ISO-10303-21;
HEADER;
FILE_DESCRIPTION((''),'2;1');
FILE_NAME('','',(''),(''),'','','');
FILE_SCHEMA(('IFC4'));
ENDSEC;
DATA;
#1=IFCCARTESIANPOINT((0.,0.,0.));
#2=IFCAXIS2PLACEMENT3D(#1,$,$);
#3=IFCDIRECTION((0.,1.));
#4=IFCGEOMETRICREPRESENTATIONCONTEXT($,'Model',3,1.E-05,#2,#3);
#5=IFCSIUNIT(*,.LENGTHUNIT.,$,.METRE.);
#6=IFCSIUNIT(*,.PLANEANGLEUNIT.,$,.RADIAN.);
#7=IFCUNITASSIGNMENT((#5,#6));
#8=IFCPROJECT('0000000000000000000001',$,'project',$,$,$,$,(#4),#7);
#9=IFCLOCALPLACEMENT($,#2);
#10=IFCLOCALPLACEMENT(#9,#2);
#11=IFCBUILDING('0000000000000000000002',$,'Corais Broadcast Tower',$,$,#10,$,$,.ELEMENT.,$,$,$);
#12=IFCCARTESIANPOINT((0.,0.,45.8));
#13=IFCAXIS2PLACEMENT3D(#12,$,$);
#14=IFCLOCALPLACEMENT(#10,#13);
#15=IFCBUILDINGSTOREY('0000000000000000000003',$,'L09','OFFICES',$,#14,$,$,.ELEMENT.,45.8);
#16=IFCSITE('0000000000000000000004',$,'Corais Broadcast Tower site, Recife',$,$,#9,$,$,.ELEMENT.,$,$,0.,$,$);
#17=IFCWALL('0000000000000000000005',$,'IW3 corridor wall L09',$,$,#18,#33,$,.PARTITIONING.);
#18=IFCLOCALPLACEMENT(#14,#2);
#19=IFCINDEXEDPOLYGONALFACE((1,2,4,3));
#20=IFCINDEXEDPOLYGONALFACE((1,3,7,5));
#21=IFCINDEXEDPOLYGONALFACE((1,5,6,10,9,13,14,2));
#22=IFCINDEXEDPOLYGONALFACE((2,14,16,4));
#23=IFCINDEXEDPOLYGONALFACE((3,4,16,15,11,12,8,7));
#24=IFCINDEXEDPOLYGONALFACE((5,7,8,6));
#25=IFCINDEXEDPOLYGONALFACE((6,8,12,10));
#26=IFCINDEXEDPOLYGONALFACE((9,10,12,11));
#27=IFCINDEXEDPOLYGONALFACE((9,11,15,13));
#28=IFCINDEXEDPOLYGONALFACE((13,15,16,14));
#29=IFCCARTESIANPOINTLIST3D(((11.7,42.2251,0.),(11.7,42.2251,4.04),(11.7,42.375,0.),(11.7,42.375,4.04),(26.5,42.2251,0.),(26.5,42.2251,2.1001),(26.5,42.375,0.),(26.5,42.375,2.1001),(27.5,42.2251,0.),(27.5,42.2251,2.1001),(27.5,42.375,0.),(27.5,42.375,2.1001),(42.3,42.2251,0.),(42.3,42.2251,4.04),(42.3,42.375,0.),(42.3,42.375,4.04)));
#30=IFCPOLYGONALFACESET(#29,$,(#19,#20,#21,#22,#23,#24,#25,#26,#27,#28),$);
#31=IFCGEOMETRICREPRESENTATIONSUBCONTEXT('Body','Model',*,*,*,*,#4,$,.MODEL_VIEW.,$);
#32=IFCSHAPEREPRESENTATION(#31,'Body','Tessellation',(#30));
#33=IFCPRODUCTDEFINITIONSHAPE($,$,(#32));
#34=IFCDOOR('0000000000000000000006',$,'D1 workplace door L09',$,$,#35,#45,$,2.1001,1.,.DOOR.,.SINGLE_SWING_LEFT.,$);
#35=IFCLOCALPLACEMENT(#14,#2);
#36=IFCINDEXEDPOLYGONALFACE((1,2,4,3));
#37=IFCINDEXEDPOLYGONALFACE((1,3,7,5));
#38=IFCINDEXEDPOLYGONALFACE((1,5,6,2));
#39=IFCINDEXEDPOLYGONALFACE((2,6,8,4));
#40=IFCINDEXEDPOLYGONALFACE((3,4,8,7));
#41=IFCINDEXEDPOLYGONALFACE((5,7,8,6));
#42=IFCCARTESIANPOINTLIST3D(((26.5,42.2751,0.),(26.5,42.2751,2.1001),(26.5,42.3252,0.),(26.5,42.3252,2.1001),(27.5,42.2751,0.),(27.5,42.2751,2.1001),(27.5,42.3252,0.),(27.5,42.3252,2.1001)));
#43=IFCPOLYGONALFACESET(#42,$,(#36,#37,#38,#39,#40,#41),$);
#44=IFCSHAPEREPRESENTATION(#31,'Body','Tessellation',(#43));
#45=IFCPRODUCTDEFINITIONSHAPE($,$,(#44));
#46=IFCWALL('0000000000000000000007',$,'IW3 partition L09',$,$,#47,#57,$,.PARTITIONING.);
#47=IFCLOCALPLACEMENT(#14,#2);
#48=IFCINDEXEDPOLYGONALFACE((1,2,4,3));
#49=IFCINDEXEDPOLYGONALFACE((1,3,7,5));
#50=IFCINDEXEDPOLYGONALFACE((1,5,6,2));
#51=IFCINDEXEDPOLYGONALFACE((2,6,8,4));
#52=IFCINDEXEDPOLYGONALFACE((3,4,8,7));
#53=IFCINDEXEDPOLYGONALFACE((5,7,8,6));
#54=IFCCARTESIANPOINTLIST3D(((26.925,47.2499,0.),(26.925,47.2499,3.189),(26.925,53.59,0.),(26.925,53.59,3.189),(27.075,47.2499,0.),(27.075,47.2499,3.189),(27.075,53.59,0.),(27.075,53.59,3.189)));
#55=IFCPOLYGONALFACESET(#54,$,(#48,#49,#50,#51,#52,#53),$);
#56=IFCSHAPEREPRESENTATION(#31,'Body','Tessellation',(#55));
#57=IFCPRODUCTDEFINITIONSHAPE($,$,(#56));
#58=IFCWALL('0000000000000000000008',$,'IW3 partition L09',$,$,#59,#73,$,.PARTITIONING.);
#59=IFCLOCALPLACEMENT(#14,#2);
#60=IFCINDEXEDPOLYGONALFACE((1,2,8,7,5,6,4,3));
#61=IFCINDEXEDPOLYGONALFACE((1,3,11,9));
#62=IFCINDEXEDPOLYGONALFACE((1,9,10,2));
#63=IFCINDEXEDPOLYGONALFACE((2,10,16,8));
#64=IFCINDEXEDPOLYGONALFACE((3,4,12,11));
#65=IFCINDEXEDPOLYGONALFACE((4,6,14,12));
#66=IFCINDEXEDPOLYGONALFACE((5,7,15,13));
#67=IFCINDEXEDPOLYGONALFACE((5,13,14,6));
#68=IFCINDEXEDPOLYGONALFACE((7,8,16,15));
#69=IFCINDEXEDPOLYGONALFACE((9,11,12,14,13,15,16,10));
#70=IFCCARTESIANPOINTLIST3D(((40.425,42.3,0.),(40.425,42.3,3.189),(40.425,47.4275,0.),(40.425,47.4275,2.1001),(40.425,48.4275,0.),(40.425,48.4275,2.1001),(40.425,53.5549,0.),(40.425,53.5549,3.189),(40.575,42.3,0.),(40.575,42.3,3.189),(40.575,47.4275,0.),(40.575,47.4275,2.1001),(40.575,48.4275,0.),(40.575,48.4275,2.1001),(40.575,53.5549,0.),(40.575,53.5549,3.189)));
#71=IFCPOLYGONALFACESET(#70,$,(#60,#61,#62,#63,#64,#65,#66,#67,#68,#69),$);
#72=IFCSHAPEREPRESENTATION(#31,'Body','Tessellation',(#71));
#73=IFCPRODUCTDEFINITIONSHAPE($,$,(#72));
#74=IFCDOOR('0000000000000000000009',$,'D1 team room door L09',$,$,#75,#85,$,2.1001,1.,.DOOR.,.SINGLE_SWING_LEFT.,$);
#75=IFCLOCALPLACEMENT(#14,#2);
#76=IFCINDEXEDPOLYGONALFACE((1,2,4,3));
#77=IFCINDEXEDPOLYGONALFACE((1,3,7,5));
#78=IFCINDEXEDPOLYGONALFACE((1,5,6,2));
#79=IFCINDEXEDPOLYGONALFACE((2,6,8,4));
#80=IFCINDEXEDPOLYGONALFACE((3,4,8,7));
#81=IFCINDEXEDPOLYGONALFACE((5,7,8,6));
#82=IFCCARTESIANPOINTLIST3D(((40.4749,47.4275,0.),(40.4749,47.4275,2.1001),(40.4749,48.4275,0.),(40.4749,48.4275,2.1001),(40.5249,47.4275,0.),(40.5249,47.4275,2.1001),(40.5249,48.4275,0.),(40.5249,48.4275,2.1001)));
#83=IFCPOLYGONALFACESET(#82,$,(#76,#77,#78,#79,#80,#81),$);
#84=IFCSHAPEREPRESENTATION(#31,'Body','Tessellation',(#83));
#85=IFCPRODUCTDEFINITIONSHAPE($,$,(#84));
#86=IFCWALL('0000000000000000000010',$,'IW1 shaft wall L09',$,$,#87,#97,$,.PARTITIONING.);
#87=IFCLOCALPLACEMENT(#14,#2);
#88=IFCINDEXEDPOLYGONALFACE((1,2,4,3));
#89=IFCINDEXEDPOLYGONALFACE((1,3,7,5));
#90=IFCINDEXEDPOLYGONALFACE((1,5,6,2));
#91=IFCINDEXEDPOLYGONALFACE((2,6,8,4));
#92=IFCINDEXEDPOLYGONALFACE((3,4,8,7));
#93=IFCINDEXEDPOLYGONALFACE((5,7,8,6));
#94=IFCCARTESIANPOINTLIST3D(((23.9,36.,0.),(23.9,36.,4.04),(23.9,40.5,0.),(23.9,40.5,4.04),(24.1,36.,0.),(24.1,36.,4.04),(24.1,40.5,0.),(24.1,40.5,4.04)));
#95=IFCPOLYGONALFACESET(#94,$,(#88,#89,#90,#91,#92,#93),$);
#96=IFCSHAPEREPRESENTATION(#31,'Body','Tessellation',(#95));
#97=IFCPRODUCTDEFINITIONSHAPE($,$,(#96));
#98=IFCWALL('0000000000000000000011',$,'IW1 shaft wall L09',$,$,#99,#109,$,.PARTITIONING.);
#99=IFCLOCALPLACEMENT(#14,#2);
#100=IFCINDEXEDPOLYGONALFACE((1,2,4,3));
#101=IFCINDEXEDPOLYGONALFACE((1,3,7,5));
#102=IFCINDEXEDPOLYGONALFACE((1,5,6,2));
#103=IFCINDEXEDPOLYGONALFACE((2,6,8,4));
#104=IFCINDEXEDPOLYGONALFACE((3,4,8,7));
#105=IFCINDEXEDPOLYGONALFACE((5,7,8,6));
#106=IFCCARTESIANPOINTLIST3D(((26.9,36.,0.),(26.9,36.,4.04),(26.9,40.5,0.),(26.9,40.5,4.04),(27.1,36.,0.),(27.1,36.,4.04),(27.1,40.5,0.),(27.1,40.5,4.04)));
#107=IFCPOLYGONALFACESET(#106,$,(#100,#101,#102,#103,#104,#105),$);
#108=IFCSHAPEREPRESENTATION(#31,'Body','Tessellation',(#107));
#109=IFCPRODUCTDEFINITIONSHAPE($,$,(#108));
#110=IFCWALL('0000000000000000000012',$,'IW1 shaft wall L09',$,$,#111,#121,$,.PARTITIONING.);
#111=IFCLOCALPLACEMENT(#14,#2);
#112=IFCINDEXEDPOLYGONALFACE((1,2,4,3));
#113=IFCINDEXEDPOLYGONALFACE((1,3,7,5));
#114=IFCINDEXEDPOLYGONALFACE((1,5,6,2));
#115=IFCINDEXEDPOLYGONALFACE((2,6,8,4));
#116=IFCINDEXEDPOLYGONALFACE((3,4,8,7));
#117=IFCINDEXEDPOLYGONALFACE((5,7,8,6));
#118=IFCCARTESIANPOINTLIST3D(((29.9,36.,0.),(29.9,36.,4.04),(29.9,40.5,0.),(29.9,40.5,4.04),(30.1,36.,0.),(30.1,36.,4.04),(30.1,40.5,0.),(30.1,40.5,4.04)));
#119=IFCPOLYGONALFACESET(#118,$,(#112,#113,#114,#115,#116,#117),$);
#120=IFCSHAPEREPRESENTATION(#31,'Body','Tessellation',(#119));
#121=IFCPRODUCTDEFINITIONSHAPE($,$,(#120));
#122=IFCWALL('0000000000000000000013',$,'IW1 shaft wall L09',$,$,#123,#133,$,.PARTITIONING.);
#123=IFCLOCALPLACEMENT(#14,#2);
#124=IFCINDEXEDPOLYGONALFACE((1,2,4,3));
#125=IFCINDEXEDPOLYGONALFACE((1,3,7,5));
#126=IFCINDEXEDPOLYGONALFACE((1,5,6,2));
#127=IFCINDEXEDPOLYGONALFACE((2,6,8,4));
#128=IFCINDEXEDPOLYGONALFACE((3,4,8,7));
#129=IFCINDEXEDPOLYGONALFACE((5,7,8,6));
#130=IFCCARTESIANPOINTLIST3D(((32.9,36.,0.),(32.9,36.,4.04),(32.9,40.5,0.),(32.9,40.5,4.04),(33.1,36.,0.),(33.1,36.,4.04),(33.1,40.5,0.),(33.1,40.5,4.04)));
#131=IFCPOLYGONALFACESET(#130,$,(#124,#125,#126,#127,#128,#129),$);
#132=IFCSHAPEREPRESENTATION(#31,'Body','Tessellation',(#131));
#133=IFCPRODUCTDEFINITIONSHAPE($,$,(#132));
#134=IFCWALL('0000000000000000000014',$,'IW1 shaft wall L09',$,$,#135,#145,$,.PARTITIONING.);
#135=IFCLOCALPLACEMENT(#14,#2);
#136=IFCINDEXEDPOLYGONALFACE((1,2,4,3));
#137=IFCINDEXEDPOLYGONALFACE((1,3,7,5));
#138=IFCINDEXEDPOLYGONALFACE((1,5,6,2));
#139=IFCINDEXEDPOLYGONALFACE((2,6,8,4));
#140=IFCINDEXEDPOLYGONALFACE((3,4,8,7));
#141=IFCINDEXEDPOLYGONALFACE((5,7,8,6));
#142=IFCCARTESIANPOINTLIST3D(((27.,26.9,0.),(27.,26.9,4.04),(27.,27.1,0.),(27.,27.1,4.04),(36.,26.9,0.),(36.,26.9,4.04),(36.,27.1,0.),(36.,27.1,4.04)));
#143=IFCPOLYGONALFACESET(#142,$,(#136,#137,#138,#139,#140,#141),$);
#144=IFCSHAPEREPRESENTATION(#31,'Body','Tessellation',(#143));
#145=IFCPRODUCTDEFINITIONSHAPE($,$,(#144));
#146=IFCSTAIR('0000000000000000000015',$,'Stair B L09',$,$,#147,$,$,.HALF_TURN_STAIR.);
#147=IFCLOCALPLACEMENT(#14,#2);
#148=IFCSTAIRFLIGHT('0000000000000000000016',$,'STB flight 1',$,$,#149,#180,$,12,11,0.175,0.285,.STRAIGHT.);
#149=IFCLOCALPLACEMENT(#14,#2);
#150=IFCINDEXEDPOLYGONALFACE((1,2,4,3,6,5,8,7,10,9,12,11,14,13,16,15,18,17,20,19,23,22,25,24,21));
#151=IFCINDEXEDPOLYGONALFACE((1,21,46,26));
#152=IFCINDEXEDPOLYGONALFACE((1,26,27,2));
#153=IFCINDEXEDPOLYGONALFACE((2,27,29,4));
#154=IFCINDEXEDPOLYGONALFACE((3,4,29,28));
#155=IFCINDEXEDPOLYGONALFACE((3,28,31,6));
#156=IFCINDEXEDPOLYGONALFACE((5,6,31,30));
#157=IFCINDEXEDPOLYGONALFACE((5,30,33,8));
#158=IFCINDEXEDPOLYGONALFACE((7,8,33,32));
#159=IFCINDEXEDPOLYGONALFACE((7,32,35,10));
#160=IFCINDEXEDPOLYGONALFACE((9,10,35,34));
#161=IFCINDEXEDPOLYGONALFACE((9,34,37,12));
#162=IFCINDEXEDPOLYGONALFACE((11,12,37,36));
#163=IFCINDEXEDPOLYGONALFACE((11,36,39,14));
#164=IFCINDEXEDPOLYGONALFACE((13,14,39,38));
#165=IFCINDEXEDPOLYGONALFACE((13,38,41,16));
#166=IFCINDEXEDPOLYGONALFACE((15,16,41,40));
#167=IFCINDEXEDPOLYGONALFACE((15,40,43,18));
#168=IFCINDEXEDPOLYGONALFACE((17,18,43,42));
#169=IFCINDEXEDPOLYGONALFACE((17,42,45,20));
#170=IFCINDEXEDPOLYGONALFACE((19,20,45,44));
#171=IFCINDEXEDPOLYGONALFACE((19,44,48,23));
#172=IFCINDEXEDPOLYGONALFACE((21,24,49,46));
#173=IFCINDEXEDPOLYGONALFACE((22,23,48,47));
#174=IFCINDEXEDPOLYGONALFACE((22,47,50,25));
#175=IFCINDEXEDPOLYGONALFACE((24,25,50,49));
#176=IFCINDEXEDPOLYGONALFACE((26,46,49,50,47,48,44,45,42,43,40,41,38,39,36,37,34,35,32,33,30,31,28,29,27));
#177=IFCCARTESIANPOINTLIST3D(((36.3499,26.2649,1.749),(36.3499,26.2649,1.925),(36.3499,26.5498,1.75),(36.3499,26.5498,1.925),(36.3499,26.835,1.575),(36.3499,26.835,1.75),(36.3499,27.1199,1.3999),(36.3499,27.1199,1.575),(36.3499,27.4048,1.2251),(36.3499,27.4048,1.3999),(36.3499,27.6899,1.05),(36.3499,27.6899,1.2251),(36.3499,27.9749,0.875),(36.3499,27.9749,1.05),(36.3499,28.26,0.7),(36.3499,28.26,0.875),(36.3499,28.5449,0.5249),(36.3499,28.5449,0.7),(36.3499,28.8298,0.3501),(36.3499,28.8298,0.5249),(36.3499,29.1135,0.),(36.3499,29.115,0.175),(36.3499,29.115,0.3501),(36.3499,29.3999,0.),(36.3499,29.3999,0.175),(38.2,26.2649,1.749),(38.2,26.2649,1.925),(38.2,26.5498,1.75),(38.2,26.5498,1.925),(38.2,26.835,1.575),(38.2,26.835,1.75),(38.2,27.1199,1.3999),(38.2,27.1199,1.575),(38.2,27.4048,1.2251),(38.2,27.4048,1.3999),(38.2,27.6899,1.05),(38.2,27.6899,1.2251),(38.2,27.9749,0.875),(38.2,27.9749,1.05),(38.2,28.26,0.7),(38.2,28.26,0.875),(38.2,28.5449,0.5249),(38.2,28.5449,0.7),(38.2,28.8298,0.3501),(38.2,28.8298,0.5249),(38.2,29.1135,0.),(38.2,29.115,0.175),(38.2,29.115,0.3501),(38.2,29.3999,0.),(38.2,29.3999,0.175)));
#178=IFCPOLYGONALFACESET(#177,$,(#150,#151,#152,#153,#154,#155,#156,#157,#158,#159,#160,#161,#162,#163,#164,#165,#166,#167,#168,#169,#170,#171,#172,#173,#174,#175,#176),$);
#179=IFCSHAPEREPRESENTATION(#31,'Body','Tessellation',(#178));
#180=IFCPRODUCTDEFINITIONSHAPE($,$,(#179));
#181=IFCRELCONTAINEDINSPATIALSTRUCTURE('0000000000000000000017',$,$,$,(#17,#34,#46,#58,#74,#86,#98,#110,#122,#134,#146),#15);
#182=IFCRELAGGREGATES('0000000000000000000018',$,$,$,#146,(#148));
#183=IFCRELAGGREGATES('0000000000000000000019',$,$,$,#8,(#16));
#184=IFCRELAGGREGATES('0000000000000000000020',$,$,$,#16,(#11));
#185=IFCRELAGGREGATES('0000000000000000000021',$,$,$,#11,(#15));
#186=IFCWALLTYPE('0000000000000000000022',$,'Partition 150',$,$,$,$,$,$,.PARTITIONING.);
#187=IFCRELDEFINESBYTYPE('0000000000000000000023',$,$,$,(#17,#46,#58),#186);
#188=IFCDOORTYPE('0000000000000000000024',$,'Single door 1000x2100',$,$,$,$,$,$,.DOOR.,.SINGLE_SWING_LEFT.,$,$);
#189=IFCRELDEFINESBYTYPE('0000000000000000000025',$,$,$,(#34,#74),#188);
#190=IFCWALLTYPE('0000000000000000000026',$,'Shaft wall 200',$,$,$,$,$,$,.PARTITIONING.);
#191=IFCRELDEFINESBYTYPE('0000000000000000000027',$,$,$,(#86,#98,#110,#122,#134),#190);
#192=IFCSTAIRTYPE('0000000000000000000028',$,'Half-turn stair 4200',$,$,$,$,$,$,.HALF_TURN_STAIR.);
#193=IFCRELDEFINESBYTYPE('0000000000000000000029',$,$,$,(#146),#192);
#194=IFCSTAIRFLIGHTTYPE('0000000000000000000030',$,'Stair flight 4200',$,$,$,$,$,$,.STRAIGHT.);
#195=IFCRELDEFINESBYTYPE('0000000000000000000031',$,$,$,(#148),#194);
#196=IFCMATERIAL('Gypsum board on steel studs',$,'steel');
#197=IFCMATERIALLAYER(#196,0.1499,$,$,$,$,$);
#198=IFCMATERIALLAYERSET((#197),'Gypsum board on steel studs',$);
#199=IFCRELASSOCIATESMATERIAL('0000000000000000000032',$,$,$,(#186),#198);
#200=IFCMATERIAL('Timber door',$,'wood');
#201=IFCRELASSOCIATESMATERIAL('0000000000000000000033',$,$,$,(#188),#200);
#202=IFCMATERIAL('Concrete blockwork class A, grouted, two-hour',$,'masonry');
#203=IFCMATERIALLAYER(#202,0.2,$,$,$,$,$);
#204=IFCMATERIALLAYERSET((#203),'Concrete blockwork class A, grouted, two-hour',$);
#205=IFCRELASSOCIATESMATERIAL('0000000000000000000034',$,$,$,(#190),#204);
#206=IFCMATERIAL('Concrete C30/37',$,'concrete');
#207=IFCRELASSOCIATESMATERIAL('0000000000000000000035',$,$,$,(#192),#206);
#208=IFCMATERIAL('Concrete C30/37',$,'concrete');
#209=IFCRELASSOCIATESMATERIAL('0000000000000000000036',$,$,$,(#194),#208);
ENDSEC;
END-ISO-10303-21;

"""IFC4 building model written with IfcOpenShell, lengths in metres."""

from ifc_helpers import new_model, si_unit, direction, frame, frame_2d, origin, place, context, subcontext, project, spatial, polyline, rectangle, outline, extrude, material, layer, layer_set, type_object, element, fill, aggregate, save


model = new_model("IFC4")

# Units and contexts
model_context = context("Model", 3, precision=1e-05, world=origin(), true_north=direction((0.0, 1.0)))
body_context = subcontext(model_context, "Body", "Model", "MODEL_VIEW")
ifc_project = project(units=[si_unit("LENGTHUNIT", "METRE"), si_unit("PLANEANGLEUNIT", "RADIAN")], contexts=[model_context])

# Site, building, storey
site_placement = place(None, origin())
site = spatial("IfcSite", under=ifc_project, at=site_placement, Name="Corais Broadcast Tower site, Recife", CompositionType="ELEMENT", RefElevation=0.0)
building_placement = place(site_placement, origin())
building = spatial("IfcBuilding", under=site, at=building_placement, Name="Corais Broadcast Tower", CompositionType="ELEMENT")
storey_placement = place(building_placement, frame((0.0, 0.0, 45.8)))
storey = spatial("IfcBuildingStorey", under=building, at=storey_placement, Name="L09", Description="OFFICES", CompositionType="ELEMENT", Elevation=45.8)

# Wall, opening, door
ifc_material_1 = material(Name="Gypsum board on steel studs", Category="steel")
ifc_layer_1 = layer(ifc_material_1, 0.1499)
ifc_layer_set_1 = layer_set([ifc_layer_1], Name="Gypsum board on steel studs")
wall_type_1 = type_object("IfcWallType", Name="Partition 150", PredefinedType="PARTITIONING", material=ifc_layer_set_1)
wall_1_placement = place(storey_placement, frame((42.3, 42.3, 0.0), z_axis=(0.0, 0.0, 1.0), x_axis=(-1.0, 0.0, 0.0)))
wall_1 = element("IfcWall", 1, at=wall_1_placement, inside=storey, type_object=wall_type_1, Name="IW3 corridor wall L09", PredefinedType="PARTITIONING", context=body_context, shape_type="SweptSolid", body=[
    extrude(rectangle(XDim=30.6001, YDim=0.1499, at=frame_2d((15.3, 0.0))), origin(), (0.0, 0.0, 1.0), 4.04),
])
opening_1_placement = place(wall_1_placement, frame((14.8, 0.0, 0.0)))
opening_1 = element("IfcOpeningElement", 2, at=opening_1_placement, cuts=wall_1, PredefinedType="OPENING", context=body_context, shape_type="SweptSolid", body=[
    extrude(rectangle(XDim=1.0, YDim=2.1001, at=frame_2d((0.5, 1.05))), frame((0.0, 0.085, 0.0), z_axis=(0.0, -1.0, 0.0), x_axis=(1.0, 0.0, 0.0)), (0.0, 0.0, 1.0), 0.1699),
])
ifc_material_2 = material(Name="Timber door", Category="wood")
door_type = type_object("IfcDoorType", Name="Single door 1000x2100", OperationType="SINGLE_SWING_LEFT", PredefinedType="DOOR", material=ifc_material_2)
door_1_placement = place(opening_1_placement, origin())
door_1 = element("IfcDoor", 3, at=door_1_placement, inside=storey, type_object=door_type, Name="D1 workplace door L09", OperationType="SINGLE_SWING_LEFT", OverallHeight=2.1001, OverallWidth=1.0, PredefinedType="DOOR", context=body_context, shape_type="SweptSolid", body=[
    extrude(rectangle(XDim=1.0, YDim=2.1001, at=frame_2d((0.5, 1.05))), frame((0.0, 0.0249, 0.0), z_axis=(0.0, -1.0, 0.0), x_axis=(1.0, 0.0, 0.0)), (0.0, 0.0, 1.0), 0.05),
])
fill(opening_1, door_1)

# Wall
wall_2_placement = place(storey_placement, frame((27.0, 47.25, 0.0), z_axis=(0.0, 0.0, 1.0), x_axis=(0.0, 1.0, 0.0)))
element("IfcWall", 4, at=wall_2_placement, inside=storey, type_object=wall_type_1, Name="IW3 partition L09", PredefinedType="PARTITIONING", context=body_context, shape_type="SweptSolid", body=[
    extrude(rectangle(XDim=6.3401, YDim=0.1499, at=frame_2d((3.1699, 0.0))), origin(), (0.0, 0.0, 1.0), 3.189),
])

# Wall, opening, door
wall_3_placement = place(storey_placement, frame((40.5, 53.5549, 0.0), z_axis=(0.0, 0.0, 1.0), x_axis=(0.0, -1.0, 0.0)))
wall_3 = element("IfcWall", 5, at=wall_3_placement, inside=storey, type_object=wall_type_1, Name="IW3 partition L09", PredefinedType="PARTITIONING", context=body_context, shape_type="SweptSolid", body=[
    extrude(rectangle(XDim=11.2549, YDim=0.1499, at=frame_2d((5.6274, 0.0))), origin(), (0.0, 0.0, 1.0), 3.189),
])
opening_2_placement = place(wall_3_placement, frame((5.1274, 0.0, 0.0)))
opening_2 = element("IfcOpeningElement", 6, at=opening_2_placement, cuts=wall_3, PredefinedType="OPENING", context=body_context, shape_type="SweptSolid", body=[
    extrude(rectangle(XDim=1.0, YDim=2.1001, at=frame_2d((0.5, 1.05))), frame((0.0, 0.085, 0.0), z_axis=(0.0, -1.0, 0.0), x_axis=(1.0, 0.0, 0.0)), (0.0, 0.0, 1.0), 0.1699),
])
door_2_placement = place(opening_2_placement, origin())
door_2 = element("IfcDoor", 7, at=door_2_placement, inside=storey, type_object=door_type, Name="D1 team room door L09", OperationType="SINGLE_SWING_LEFT", OverallHeight=2.1001, OverallWidth=1.0, PredefinedType="DOOR", context=body_context, shape_type="SweptSolid", body=[
    extrude(rectangle(XDim=1.0, YDim=2.1001, at=frame_2d((0.5, 1.05))), frame((0.0, 0.0249, 0.0), z_axis=(0.0, -1.0, 0.0), x_axis=(1.0, 0.0, 0.0)), (0.0, 0.0, 1.0), 0.05),
])
fill(opening_2, door_2)

# Walls
ifc_material_3 = material(Name="Concrete blockwork class A, grouted, two-hour", Category="masonry")
ifc_layer_2 = layer(ifc_material_3, 0.2)
ifc_layer_set_2 = layer_set([ifc_layer_2], Name="Concrete blockwork class A, grouted, two-hour")
wall_type_2 = type_object("IfcWallType", Name="Shaft wall 200", PredefinedType="PARTITIONING", material=ifc_layer_set_2)
for number, where, z_axis, x_axis, name in (
    (8, (24.0, 36.0, 0.0), (0.0, 0.0, 1.0), (0.0, 1.0, 0.0), "IW1 shaft wall L09"),
    (9, (27.0, 36.0, 0.0), (0.0, 0.0, 1.0), (0.0, 1.0, 0.0), "IW1 shaft wall L09"),
    (10, (30.0, 36.0, 0.0), (0.0, 0.0, 1.0), (0.0, 1.0, 0.0), "IW1 shaft wall L09"),
    (11, (33.0, 36.0, 0.0), (0.0, 0.0, 1.0), (0.0, 1.0, 0.0), "IW1 shaft wall L09"),
):
    element("IfcWall", number, at=place(storey_placement, frame(where, z_axis=z_axis, x_axis=x_axis)), inside=storey, type_object=wall_type_2, Name=name, PredefinedType="PARTITIONING", context=body_context, shape_type="SweptSolid", body=[
        extrude(rectangle(XDim=4.5, YDim=0.2, at=frame_2d((2.25, 0.0))), origin(), (0.0, 0.0, 1.0), 4.04),
    ])
wall_4_placement = place(storey_placement, frame((27.0, 27.0, 0.0), z_axis=(0.0, 0.0, 1.0), x_axis=(1.0, 0.0, 0.0)))
element("IfcWall", 12, at=wall_4_placement, inside=storey, type_object=wall_type_2, Name="IW1 shaft wall L09", PredefinedType="PARTITIONING", context=body_context, shape_type="SweptSolid", body=[
    extrude(rectangle(XDim=9.0, YDim=0.2, at=frame_2d((4.5, 0.0))), origin(), (0.0, 0.0, 1.0), 4.04),
])

# Stair, stair flight
ifc_material_4 = material(Name="Concrete C30/37", Category="concrete")
stair_type = type_object("IfcStairType", Name="Half-turn stair 4200", PredefinedType="HALF_TURN_STAIR", material=ifc_material_4)
stair_placement = place(storey_placement, origin())
stair = element("IfcStair", 13, at=stair_placement, inside=storey, type_object=stair_type, Name="Stair B L09", PredefinedType="HALF_TURN_STAIR")
ifc_material_5 = material(Name="Concrete C30/37", Category="concrete")
stair_flight_type = type_object("IfcStairFlightType", Name="Stair flight 4200", PredefinedType="STRAIGHT", material=ifc_material_5)
stair_flight_placement = place(storey_placement, frame((37.2749, 29.3999, 0.0), z_axis=(0.0, 0.0, 1.0), x_axis=(0.0, -1.0, 0.0)))
stair_flight = element("IfcStairFlight", 14, at=stair_flight_placement, type_object=stair_flight_type, Name="STB flight 1", NumberOfRisers=12, NumberOfTreads=11, PredefinedType="STRAIGHT", RiserHeight=0.175, TreadLength=0.285, context=body_context, shape_type="SweptSolid", body=[
    extrude(outline(polyline([(0.0, 0.0), (0.0, 0.175), (0.2849, 0.175), (0.2849, 0.3501), (0.5701, 0.3501), (0.5701, 0.5249), (0.855, 0.5249), (0.855, 0.7), (1.1399, 0.7), (1.1399, 0.875), (1.425, 0.875), (1.425, 1.05), (1.71, 1.05), (1.71, 1.2251), (1.9951, 1.2251), (1.9951, 1.3999), (2.28, 1.3999), (2.28, 1.575), (2.5649, 1.575), (2.5649, 1.75), (2.8501, 1.75), (2.8501, 1.925), (3.135, 1.925), (3.135, 2.1001), (3.135, 1.749), (0.2864, 0.0), (0.0, 0.0)])), frame((0.0, 0.925, 0.0), z_axis=(0.0, -1.0, 0.0), x_axis=(1.0, 0.0, 0.0)), (0.0, 0.0, 1.0), 1.8501),
])
aggregate(stair, [stair_flight])

save(model, "model.ifc")
